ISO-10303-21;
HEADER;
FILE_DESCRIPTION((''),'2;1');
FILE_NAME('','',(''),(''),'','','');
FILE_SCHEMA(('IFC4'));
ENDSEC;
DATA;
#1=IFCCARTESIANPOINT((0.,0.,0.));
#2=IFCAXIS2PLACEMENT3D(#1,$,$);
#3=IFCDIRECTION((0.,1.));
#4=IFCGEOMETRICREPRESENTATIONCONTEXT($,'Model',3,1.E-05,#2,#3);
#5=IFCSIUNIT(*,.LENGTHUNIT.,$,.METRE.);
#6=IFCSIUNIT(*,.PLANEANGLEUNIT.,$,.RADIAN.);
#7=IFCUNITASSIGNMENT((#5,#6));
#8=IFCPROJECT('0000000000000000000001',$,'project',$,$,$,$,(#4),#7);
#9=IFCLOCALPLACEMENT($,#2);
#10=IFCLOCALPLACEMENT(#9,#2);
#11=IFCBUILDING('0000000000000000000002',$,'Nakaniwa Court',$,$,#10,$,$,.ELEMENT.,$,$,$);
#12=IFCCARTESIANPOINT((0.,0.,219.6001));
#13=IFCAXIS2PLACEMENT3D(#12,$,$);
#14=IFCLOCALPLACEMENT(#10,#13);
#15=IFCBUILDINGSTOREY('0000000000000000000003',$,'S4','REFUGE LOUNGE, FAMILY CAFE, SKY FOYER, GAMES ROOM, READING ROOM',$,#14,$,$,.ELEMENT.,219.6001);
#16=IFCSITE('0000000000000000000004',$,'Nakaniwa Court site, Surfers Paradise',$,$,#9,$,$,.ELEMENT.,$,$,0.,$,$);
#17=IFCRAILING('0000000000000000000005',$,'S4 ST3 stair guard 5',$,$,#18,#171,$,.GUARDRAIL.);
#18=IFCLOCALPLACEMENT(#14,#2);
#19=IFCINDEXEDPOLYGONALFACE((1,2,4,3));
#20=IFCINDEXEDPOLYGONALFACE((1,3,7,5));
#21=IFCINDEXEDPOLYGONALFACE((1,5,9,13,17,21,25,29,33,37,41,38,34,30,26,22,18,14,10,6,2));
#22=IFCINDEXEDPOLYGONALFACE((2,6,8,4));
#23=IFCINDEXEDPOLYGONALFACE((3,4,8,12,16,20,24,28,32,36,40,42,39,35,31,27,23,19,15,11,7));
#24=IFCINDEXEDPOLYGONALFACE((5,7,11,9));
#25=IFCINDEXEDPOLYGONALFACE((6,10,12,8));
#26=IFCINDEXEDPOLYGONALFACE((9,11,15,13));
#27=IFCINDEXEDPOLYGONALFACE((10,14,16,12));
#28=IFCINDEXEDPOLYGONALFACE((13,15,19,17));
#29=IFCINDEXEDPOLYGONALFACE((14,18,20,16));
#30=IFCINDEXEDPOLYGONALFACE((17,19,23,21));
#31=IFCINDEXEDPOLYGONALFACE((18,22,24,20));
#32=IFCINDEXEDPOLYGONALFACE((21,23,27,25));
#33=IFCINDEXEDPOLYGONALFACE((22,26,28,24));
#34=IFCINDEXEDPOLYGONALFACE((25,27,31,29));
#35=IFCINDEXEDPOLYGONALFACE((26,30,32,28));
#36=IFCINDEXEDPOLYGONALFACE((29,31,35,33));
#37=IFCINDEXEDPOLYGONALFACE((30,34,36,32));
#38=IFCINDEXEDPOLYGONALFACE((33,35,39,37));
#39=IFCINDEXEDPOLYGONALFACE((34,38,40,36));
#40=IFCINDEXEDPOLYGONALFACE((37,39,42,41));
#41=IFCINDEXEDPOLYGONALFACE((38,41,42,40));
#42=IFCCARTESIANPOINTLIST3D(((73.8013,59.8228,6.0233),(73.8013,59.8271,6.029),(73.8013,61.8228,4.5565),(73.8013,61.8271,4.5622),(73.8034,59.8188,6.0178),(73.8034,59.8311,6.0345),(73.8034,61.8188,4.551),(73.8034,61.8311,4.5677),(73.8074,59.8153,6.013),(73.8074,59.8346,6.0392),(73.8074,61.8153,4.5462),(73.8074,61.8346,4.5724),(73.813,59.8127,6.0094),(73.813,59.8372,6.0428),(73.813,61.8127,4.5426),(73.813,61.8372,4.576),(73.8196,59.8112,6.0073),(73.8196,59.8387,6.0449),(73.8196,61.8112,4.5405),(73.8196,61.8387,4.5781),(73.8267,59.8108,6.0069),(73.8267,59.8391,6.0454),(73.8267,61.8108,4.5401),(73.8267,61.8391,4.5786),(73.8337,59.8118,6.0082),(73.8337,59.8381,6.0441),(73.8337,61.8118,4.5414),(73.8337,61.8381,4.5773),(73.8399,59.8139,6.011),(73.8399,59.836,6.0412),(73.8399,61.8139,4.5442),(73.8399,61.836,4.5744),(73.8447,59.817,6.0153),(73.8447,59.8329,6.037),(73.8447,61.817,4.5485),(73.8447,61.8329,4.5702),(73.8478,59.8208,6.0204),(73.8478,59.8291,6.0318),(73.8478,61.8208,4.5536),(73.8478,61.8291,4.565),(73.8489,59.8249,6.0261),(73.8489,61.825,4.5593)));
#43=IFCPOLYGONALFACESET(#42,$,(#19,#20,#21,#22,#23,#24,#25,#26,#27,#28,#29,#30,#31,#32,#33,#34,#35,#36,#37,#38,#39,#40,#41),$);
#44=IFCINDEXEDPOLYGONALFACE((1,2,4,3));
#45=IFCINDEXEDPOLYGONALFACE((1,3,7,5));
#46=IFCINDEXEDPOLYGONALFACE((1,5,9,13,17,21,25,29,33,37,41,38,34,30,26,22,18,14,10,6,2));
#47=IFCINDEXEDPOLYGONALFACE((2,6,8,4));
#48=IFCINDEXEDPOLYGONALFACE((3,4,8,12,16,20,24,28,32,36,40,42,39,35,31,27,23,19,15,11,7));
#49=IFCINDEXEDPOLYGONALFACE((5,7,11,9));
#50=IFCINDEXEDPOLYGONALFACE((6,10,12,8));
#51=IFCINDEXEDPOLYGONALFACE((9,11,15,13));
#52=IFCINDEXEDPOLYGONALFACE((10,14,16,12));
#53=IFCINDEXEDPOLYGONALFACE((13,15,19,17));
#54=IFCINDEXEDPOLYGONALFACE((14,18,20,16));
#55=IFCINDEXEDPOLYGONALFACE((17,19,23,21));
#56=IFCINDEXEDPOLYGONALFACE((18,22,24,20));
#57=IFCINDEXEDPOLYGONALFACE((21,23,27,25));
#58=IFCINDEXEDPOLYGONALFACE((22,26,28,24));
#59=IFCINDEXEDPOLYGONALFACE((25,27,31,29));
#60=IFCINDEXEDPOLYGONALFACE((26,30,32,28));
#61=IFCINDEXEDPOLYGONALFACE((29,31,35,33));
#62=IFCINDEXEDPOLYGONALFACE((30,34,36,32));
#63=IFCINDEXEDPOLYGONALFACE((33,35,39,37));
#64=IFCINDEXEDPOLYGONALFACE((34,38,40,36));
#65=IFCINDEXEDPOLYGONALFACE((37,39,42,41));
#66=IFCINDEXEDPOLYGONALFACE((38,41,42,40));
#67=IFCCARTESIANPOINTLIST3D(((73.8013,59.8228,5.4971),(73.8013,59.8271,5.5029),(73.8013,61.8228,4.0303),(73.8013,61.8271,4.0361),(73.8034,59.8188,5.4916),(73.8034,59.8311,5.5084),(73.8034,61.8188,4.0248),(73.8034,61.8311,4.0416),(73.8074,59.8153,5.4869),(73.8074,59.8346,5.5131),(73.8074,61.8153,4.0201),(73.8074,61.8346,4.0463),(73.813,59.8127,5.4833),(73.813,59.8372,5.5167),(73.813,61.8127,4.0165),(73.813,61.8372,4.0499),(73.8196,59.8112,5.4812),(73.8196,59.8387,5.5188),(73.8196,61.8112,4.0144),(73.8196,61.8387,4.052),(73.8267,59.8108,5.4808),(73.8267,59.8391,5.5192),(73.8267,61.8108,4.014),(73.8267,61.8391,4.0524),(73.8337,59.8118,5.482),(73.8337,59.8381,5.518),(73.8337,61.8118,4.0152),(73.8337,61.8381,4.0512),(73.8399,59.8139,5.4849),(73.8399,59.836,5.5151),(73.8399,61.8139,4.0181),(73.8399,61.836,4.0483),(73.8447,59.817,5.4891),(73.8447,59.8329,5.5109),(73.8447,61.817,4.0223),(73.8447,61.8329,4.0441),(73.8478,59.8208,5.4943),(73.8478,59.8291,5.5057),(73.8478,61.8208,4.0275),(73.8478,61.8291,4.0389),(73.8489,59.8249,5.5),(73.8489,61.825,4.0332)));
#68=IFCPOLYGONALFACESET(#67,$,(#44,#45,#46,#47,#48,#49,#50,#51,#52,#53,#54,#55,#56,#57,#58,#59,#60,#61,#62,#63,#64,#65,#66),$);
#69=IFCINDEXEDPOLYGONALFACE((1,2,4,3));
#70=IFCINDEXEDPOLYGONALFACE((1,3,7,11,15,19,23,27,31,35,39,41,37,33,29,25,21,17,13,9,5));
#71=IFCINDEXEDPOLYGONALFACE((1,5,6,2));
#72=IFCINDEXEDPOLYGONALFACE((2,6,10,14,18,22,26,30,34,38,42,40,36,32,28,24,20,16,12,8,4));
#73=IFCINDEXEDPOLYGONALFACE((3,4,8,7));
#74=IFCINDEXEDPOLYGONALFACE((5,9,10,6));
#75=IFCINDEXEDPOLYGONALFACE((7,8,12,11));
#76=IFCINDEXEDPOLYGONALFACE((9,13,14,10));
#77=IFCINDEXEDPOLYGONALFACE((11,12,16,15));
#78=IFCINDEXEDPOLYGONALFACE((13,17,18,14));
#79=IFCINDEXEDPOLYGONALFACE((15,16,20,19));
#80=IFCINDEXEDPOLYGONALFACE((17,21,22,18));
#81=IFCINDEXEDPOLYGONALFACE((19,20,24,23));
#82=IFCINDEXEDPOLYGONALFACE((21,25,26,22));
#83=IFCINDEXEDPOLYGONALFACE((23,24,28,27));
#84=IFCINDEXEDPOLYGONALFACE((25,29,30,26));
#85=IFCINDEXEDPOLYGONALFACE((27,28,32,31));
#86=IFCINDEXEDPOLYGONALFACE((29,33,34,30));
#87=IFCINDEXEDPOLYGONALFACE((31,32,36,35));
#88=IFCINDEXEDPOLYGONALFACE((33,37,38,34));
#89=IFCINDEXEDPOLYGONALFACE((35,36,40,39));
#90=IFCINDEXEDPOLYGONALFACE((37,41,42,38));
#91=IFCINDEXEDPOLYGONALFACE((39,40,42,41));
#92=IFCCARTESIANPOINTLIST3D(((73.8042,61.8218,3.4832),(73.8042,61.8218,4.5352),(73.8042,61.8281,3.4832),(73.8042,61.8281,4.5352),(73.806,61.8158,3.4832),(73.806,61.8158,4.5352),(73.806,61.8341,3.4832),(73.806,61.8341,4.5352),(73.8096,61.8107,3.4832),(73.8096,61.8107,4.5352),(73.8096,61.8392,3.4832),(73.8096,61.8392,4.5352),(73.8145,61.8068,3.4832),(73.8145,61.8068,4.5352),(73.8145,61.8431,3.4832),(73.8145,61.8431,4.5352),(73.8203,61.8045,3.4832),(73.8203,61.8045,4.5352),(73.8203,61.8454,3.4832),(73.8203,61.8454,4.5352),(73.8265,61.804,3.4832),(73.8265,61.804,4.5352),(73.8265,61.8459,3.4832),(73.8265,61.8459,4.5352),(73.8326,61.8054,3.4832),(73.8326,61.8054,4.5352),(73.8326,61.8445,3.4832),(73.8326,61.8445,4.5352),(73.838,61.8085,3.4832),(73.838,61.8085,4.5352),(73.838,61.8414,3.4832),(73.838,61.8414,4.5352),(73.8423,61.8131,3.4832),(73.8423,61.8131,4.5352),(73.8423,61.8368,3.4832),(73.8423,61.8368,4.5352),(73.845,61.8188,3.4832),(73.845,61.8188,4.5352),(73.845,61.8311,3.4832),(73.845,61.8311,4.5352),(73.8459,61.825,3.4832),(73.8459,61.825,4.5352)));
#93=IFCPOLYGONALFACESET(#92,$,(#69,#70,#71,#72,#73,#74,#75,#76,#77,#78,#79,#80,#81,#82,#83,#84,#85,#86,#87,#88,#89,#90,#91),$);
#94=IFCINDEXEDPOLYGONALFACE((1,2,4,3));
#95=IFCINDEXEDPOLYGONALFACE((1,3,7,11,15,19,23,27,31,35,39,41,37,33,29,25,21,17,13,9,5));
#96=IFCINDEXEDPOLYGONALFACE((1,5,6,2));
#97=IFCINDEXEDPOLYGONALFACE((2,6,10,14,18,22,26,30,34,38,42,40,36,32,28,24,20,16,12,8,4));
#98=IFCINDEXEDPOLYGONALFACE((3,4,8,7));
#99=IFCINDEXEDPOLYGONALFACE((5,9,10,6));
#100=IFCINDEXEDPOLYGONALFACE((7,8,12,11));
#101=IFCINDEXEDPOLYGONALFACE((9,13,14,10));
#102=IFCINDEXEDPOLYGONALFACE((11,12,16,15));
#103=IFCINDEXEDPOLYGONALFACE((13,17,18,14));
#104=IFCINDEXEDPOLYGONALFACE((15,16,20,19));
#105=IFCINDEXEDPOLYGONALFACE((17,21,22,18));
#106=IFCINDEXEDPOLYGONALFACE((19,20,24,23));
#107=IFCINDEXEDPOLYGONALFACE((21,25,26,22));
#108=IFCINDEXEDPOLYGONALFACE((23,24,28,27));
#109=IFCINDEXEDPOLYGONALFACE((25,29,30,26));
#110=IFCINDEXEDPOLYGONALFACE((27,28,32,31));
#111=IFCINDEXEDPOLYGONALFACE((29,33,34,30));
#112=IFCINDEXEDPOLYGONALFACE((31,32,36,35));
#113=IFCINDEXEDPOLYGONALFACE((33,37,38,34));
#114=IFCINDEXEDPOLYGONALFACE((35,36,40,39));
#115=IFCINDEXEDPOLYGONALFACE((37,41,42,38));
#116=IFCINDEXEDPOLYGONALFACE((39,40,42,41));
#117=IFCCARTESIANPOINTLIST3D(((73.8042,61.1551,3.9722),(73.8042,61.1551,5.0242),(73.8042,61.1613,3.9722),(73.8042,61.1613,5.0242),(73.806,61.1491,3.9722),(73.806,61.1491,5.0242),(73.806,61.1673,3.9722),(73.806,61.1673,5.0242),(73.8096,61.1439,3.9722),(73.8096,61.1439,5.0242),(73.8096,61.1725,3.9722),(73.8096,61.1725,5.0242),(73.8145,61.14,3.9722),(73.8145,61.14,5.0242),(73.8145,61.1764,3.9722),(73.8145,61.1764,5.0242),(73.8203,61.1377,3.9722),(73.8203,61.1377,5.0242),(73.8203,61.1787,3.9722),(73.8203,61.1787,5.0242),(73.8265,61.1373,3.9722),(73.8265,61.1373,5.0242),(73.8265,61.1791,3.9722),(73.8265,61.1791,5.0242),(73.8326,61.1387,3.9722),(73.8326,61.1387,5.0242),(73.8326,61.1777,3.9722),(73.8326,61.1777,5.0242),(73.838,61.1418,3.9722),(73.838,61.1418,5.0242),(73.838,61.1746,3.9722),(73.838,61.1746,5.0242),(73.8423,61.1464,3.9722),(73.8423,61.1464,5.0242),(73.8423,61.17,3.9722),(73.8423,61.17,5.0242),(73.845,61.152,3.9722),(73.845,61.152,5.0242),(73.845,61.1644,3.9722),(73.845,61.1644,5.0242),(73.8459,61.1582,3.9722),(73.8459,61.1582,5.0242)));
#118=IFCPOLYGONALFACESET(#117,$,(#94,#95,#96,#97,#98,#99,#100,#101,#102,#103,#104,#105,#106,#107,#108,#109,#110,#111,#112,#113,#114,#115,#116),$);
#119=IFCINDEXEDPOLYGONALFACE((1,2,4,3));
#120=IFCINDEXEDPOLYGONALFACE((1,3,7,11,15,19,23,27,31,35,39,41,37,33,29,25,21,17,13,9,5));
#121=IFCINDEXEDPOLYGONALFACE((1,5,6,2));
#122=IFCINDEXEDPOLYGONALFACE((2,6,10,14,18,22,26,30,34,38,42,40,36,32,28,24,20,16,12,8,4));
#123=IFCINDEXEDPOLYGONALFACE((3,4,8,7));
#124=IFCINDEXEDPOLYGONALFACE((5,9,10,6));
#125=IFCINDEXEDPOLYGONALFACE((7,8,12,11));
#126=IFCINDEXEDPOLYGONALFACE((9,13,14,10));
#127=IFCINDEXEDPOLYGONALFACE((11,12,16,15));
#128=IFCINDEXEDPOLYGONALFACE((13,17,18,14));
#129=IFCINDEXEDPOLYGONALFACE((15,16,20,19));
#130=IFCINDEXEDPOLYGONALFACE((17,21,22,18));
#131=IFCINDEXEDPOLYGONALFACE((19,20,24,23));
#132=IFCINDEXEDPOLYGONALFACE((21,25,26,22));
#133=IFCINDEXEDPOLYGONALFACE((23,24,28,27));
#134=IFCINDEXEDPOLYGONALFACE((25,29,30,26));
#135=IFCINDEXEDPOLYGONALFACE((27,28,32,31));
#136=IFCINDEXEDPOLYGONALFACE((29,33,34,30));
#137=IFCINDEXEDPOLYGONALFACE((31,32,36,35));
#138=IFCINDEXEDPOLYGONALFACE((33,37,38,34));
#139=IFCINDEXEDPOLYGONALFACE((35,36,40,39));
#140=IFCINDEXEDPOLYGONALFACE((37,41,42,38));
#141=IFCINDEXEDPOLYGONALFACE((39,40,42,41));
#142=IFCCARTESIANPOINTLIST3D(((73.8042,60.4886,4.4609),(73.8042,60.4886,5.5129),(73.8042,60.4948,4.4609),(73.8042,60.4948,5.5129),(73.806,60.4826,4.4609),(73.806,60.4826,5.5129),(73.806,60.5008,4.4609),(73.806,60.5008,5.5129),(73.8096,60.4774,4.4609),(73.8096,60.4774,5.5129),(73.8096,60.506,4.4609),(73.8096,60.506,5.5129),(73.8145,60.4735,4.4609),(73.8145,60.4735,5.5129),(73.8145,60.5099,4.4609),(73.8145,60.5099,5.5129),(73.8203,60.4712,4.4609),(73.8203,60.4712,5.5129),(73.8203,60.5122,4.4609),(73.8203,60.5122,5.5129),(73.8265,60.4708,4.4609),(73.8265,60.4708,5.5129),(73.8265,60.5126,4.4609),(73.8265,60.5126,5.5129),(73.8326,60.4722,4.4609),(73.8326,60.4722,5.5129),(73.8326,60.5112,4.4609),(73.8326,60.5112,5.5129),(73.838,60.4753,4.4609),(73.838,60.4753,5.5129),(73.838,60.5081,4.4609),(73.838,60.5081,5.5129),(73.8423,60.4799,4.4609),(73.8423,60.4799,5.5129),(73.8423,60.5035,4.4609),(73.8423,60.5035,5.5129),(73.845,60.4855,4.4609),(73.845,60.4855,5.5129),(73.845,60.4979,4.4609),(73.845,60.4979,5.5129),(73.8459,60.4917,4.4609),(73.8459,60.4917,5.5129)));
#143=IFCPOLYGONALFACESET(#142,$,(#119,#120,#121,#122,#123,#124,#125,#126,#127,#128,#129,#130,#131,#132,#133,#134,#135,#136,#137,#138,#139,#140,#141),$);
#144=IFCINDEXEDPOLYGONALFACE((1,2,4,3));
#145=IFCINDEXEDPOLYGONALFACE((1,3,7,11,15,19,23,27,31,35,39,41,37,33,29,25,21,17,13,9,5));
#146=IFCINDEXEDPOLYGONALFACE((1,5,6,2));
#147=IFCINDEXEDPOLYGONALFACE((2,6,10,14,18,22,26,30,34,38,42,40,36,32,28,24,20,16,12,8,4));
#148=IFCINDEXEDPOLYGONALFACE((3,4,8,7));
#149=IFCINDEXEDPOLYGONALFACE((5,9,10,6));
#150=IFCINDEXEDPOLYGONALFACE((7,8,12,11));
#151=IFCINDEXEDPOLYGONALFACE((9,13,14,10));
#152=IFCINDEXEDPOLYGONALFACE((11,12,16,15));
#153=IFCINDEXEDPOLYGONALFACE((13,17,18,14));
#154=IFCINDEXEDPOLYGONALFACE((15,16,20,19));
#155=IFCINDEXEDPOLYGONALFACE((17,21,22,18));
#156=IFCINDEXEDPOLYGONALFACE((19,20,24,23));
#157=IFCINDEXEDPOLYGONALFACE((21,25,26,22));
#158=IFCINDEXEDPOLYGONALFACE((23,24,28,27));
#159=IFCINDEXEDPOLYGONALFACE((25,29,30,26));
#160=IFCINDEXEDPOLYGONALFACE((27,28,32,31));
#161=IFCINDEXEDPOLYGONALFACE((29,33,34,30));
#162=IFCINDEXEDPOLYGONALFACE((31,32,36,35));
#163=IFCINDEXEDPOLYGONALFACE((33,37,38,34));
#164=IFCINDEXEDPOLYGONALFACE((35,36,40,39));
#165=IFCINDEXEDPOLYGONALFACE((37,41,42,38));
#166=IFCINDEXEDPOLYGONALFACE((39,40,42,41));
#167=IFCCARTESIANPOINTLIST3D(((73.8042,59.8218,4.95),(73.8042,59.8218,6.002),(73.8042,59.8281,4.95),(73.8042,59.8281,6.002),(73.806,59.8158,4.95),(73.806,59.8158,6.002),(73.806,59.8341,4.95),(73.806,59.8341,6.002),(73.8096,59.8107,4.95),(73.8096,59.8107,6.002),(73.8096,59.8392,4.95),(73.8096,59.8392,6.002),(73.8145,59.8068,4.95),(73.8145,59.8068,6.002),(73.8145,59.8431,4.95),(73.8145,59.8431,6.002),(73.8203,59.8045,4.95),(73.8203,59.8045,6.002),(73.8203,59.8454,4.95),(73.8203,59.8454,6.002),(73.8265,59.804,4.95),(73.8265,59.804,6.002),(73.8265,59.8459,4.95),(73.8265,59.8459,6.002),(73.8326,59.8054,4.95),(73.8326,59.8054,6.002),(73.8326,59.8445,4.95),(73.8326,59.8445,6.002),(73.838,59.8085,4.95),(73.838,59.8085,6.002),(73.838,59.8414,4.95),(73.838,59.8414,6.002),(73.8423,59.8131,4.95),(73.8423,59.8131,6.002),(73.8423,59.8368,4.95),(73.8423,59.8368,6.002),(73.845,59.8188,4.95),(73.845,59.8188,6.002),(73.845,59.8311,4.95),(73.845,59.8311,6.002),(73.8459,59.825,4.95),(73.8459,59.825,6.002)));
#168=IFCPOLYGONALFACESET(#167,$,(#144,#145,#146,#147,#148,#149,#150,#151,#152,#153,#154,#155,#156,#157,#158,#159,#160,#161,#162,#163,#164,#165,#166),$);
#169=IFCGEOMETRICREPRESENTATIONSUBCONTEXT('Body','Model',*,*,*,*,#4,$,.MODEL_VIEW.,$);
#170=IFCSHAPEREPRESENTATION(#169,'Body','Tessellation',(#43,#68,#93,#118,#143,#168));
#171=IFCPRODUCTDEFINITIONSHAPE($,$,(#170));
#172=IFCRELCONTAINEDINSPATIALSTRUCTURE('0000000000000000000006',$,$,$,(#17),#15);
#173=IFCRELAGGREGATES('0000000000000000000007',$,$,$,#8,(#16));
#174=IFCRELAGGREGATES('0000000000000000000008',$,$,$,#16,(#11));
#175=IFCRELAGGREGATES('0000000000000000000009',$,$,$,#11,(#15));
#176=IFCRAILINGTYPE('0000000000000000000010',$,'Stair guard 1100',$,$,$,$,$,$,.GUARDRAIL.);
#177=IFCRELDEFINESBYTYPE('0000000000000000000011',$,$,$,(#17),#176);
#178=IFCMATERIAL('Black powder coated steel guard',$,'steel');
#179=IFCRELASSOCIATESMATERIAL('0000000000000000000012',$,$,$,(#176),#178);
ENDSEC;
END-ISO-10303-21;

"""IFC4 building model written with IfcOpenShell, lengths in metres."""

from ifc_helpers import new_model, si_unit, direction, frame, origin, origin_2d, place, context, subcontext, project, spatial, circle, extrude, material, type_object, element, save


model = new_model("IFC4")

# Units and contexts
model_context = context("Model", 3, precision=1e-05, world=origin(), true_north=direction((0.0, 1.0)))
body_context = subcontext(model_context, "Body", "Model", "MODEL_VIEW")
ifc_project = project(units=[si_unit("LENGTHUNIT", "METRE"), si_unit("PLANEANGLEUNIT", "RADIAN")], contexts=[model_context])

# Site, building, storey
site_placement = place(None, origin())
site = spatial("IfcSite", under=ifc_project, at=site_placement, Name="Nakaniwa Court site, Surfers Paradise", CompositionType="ELEMENT", RefElevation=0.0)
building_placement = place(site_placement, origin())
building = spatial("IfcBuilding", under=site, at=building_placement, Name="Nakaniwa Court", CompositionType="ELEMENT")
storey_placement = place(building_placement, frame((0.0, 0.0, 219.6001)))
storey = spatial("IfcBuildingStorey", under=building, at=storey_placement, Name="S4", Description="REFUGE LOUNGE, FAMILY CAFE, SKY FOYER, GAMES ROOM, READING ROOM", CompositionType="ELEMENT", Elevation=219.6001)

# Railing
ifc_material_1 = material(Name="Black powder coated steel guard", Category="steel")
railing_type_1 = type_object("IfcRailingType", Name="Stair guard 1100", PredefinedType="GUARDRAIL", material=ifc_material_1)
railing_1_placement = place(storey_placement, frame((73.825, 61.825, 3.4832)))
element("IfcRailing", 1, at=railing_1_placement, inside=storey, type_object=railing_type_1, Name="S4 ST3 stair guard 5", PredefinedType="GUARDRAIL", context=body_context, shape_type="SweptSolid", body=[
    extrude(circle(Radius=0.0239, at=origin_2d()), frame((0.0, 0.0, 1.0762), z_axis=(0.0, -0.80638, 0.591398), x_axis=(1.0, 0.0, 0.0)), (0.0, 0.0, 1.0), 2.4802),
    extrude(circle(Radius=0.0239, at=origin_2d()), frame((0.0, 0.0, 0.55), z_axis=(0.0, -0.80638, 0.591398), x_axis=(1.0, 0.0, 0.0)), (0.0, 0.0, 1.0), 2.4802),
    extrude(circle(Radius=0.021, at=origin_2d()), origin(), (0.0, 0.0, 1.0), 1.052),
    extrude(circle(Radius=0.021, at=origin_2d()), frame((0.0, -0.6667, 0.489)), (0.0, 0.0, 1.0), 1.052),
    extrude(circle(Radius=0.021, at=origin_2d()), frame((0.0, -1.3333, 0.9778)), (0.0, 0.0, 1.0), 1.052),
    extrude(circle(Radius=0.021, at=origin_2d()), frame((0.0, -2.0, 1.4668)), (0.0, 0.0, 1.0), 1.052),
])

save(model, "model.ifc")
